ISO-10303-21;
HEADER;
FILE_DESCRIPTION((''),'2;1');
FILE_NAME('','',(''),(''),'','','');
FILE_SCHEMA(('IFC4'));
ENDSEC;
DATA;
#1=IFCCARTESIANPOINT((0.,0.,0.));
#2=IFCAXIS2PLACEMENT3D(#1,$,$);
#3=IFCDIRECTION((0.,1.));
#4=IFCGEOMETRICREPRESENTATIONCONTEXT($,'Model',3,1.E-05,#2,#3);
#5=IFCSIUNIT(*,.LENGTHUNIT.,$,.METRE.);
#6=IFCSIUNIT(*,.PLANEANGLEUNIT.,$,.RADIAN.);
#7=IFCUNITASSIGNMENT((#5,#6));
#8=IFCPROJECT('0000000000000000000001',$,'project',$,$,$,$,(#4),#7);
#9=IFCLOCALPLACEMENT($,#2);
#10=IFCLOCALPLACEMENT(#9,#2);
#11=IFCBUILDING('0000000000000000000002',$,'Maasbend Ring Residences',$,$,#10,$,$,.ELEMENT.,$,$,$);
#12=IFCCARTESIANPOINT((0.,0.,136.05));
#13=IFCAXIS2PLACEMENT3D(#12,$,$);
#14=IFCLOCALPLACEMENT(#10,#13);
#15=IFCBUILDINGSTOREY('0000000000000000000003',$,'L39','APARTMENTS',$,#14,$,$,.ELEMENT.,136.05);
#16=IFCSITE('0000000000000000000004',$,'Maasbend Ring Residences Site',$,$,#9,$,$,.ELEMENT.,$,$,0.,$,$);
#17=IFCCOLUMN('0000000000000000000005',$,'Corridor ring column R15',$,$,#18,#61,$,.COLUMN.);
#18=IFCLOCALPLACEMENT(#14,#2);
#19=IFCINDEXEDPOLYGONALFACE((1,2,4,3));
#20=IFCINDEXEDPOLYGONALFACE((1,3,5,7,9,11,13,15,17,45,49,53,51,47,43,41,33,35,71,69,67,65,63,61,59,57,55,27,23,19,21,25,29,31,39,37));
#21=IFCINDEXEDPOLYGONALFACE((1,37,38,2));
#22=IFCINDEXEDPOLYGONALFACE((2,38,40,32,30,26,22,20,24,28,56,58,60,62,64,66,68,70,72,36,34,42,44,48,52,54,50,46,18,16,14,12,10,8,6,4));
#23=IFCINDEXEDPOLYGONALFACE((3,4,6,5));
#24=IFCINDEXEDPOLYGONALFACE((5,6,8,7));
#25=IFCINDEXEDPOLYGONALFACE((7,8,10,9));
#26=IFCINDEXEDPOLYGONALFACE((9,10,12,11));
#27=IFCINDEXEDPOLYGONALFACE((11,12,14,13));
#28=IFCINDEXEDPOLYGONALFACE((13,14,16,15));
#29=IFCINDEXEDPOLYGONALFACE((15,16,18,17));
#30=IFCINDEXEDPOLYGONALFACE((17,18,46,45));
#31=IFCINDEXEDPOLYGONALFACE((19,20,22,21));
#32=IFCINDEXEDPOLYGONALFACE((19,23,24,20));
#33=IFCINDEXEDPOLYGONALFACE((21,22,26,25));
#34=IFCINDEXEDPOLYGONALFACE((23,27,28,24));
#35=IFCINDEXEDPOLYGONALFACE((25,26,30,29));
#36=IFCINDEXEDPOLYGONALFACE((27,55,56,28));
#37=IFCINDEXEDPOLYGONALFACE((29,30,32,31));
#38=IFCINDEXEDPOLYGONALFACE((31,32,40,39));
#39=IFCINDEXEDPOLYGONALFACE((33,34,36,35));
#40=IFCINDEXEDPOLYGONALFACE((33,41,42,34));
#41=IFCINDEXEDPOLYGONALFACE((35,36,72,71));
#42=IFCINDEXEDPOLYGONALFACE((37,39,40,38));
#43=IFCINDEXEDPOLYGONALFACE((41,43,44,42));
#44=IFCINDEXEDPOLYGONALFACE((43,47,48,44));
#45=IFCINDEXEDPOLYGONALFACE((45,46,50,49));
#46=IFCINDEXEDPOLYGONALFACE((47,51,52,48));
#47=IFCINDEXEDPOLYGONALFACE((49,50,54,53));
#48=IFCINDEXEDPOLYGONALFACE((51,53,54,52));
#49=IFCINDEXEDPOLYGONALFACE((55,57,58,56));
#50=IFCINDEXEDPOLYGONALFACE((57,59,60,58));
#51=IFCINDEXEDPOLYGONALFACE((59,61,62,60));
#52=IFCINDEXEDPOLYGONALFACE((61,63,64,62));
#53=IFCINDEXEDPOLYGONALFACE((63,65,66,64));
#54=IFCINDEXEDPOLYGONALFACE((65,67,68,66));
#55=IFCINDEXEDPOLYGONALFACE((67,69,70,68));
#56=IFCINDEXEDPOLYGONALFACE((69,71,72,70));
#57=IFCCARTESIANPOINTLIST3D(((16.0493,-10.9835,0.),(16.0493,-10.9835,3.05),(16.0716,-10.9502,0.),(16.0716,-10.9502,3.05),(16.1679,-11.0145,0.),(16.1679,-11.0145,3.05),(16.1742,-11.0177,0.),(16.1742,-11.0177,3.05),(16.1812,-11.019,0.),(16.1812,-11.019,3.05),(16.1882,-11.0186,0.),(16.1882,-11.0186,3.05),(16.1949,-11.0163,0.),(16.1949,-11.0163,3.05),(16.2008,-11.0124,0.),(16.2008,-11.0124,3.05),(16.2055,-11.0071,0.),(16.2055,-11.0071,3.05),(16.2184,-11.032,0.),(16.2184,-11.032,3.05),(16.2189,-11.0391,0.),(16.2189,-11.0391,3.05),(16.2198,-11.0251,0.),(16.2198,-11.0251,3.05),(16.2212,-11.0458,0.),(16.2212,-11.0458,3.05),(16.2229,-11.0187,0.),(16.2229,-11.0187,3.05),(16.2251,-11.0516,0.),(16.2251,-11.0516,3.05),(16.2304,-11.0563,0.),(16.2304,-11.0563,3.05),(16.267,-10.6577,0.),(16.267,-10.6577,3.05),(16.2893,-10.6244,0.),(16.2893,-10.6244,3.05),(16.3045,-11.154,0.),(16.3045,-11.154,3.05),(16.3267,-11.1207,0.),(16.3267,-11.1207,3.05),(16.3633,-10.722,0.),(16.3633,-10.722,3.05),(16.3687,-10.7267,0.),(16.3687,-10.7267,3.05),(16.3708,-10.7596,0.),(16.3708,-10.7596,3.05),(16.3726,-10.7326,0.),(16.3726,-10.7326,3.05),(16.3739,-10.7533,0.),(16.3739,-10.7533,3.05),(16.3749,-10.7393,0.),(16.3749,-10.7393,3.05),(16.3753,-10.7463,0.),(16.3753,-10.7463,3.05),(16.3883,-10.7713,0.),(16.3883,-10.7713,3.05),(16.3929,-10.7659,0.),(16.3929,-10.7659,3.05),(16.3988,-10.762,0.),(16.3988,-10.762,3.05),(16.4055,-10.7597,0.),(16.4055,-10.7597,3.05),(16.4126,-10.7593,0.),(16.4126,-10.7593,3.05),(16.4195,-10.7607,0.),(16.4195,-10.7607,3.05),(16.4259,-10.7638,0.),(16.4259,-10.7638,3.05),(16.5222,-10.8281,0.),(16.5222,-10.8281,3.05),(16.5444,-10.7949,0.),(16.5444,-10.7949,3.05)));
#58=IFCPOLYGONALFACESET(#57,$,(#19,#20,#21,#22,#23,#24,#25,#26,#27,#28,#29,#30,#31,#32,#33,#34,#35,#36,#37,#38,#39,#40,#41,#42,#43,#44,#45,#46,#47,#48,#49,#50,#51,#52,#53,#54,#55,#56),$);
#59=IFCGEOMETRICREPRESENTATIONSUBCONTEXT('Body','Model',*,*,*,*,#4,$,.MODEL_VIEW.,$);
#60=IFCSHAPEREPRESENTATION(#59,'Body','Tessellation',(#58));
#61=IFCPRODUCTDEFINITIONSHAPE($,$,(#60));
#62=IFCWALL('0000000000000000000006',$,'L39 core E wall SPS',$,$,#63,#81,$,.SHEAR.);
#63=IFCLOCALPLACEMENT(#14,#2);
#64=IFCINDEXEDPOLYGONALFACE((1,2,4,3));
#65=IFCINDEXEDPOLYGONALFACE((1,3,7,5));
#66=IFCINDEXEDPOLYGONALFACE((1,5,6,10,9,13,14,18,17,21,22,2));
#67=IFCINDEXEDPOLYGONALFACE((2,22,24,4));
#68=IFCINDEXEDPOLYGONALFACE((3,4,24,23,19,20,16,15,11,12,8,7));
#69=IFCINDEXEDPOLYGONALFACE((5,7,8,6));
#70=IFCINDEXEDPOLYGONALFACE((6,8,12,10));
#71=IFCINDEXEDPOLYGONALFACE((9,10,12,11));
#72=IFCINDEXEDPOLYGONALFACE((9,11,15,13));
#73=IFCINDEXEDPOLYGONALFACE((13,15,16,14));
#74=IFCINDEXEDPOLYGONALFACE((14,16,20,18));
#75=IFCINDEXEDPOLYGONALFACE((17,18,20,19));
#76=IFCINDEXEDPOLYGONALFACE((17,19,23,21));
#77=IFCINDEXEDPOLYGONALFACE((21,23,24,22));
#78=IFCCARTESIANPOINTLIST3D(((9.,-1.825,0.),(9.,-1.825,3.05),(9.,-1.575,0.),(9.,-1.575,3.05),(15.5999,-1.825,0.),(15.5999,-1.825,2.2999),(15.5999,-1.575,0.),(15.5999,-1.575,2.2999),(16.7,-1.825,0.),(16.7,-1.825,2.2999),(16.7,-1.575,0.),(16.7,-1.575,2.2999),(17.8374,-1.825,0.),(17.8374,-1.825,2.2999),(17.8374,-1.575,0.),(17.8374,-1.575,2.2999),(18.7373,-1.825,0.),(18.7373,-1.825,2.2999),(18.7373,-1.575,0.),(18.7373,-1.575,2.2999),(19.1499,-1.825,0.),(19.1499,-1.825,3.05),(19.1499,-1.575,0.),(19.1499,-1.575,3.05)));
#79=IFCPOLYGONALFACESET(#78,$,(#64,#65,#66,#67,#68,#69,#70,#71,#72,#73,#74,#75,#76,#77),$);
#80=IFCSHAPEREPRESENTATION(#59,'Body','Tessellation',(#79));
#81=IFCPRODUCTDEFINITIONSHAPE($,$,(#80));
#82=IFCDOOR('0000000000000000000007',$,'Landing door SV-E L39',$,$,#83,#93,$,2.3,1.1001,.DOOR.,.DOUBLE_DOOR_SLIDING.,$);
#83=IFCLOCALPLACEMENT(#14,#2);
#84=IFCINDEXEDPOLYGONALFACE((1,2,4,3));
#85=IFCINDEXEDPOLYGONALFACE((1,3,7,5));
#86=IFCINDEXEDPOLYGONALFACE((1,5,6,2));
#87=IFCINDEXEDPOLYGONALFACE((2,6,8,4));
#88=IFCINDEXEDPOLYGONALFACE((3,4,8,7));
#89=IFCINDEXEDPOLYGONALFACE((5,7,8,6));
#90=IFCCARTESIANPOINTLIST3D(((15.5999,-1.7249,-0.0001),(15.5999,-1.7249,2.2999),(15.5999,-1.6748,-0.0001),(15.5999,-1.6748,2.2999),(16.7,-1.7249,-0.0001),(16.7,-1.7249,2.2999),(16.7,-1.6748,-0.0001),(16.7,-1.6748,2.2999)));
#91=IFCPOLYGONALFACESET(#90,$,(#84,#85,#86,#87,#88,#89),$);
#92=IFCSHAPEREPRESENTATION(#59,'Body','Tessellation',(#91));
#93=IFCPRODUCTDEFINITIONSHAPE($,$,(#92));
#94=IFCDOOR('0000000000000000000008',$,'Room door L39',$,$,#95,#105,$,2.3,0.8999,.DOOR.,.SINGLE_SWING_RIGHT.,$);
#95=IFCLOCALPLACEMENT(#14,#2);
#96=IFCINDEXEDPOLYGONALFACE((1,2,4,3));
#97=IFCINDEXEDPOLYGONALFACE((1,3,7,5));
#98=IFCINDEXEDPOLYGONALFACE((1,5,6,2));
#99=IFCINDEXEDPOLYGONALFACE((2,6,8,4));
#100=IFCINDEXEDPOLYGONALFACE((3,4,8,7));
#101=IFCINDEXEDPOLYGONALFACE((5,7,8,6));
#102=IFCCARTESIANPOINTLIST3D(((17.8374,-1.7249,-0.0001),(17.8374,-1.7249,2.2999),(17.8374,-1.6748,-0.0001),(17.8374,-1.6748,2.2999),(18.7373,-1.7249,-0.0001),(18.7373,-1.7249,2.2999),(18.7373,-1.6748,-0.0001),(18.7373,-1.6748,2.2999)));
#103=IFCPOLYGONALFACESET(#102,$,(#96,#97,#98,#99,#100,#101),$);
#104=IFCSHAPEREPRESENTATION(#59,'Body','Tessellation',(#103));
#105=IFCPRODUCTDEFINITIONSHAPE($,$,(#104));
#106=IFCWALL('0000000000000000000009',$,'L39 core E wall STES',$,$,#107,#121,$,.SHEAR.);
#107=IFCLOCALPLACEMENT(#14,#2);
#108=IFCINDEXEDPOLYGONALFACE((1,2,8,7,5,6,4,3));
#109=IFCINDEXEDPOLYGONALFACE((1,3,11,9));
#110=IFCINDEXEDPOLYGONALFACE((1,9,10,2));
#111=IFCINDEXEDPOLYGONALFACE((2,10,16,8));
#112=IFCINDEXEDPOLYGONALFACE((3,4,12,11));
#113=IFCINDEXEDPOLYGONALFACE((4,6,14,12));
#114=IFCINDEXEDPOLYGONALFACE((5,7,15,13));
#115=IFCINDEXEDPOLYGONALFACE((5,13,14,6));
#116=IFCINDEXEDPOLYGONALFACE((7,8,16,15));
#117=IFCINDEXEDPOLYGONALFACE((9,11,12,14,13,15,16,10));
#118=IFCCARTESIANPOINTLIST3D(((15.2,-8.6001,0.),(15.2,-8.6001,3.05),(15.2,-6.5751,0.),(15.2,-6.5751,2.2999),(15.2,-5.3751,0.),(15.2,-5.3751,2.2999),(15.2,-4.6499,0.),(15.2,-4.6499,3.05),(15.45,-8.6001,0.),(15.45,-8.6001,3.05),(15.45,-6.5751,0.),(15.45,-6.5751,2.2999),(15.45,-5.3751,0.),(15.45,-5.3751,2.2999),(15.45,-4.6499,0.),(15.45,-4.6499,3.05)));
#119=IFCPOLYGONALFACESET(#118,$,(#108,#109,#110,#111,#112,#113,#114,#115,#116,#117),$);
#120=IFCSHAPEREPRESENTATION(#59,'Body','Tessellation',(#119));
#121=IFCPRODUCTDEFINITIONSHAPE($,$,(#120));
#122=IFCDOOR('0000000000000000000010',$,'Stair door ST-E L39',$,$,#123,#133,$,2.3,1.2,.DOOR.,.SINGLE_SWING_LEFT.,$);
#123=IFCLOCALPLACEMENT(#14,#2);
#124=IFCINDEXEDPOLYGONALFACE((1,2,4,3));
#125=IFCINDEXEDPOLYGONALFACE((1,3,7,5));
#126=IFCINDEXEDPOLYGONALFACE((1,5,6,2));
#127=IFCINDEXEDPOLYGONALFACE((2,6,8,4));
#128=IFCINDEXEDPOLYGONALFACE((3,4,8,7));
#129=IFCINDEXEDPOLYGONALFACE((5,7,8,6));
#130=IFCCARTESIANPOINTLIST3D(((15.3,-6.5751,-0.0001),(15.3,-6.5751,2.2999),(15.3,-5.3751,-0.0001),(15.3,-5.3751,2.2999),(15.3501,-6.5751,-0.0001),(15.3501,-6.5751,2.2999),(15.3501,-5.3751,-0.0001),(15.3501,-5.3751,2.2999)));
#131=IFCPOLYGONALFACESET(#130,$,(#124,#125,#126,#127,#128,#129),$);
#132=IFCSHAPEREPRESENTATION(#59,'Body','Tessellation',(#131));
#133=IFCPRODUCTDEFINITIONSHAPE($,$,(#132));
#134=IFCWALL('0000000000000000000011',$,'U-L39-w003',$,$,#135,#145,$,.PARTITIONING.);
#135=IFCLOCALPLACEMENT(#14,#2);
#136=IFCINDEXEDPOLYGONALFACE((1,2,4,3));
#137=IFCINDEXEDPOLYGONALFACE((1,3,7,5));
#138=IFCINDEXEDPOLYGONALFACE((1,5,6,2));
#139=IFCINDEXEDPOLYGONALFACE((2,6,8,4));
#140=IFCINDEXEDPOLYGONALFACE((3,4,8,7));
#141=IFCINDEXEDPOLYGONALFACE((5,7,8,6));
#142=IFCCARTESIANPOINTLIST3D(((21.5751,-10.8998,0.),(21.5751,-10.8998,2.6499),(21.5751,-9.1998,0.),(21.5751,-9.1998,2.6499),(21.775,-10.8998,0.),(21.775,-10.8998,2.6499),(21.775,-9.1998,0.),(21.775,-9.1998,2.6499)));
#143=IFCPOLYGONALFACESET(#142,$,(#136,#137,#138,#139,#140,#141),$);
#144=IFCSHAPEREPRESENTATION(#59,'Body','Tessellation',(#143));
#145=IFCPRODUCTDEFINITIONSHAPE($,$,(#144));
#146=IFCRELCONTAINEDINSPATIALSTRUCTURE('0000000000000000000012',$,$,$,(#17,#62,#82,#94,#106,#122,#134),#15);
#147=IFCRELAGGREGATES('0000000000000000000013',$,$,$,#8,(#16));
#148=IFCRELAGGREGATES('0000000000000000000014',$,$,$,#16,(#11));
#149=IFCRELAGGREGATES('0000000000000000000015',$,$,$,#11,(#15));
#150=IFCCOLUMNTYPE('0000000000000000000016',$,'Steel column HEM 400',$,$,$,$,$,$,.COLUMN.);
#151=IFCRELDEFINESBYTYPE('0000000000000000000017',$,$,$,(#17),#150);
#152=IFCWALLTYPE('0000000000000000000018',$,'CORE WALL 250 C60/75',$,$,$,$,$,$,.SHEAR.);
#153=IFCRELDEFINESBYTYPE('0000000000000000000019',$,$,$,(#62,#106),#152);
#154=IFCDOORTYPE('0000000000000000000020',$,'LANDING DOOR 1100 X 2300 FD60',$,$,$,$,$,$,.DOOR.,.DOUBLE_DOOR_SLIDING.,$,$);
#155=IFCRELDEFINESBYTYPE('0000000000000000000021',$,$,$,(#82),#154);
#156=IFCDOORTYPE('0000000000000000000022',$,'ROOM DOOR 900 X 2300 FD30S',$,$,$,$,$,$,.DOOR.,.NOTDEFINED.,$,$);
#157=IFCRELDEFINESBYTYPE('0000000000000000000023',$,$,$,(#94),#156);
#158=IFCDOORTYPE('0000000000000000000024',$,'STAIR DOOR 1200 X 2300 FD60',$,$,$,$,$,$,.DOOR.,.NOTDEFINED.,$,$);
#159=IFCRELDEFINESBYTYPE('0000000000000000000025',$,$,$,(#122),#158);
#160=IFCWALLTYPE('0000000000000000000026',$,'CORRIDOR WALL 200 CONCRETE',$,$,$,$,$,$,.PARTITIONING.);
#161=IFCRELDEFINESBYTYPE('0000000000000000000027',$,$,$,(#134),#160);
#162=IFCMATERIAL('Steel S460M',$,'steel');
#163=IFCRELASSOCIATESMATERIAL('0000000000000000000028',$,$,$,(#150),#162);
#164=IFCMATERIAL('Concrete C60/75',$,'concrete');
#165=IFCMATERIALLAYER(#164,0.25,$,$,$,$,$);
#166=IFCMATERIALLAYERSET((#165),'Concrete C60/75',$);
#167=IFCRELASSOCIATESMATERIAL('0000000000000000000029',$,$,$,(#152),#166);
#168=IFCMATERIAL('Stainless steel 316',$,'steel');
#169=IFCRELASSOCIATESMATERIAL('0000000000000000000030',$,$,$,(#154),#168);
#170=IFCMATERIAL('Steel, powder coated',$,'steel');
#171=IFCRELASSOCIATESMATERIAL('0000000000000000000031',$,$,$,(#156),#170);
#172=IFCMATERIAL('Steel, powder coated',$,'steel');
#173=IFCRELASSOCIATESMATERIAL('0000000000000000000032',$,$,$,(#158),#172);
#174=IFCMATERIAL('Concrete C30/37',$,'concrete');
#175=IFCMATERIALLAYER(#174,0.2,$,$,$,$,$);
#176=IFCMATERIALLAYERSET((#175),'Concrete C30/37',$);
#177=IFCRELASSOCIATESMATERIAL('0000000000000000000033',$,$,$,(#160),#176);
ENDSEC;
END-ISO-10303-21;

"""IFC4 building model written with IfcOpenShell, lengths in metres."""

from ifc_helpers import new_model, si_unit, direction, frame, frame_2d, origin, origin_2d, place, context, subcontext, project, spatial, rectangle, i_section, extrude, material, layer, layer_set, material_profile, profile_set, type_object, element, fill, save


model = new_model("IFC4")

# Units and contexts
model_context = context("Model", 3, precision=1e-05, world=origin(), true_north=direction((0.0, 1.0)))
body_context = subcontext(model_context, "Body", "Model", "MODEL_VIEW")
ifc_project = project(units=[si_unit("LENGTHUNIT", "METRE"), si_unit("PLANEANGLEUNIT", "RADIAN")], contexts=[model_context])

# Site, building, storey
site_placement = place(None, origin())
site = spatial("IfcSite", under=ifc_project, at=site_placement, Name="Maasbend Ring Residences Site", CompositionType="ELEMENT", RefElevation=0.0)
building_placement = place(site_placement, origin())
building = spatial("IfcBuilding", under=site, at=building_placement, Name="Maasbend Ring Residences", CompositionType="ELEMENT")
storey_placement = place(building_placement, frame((0.0, 0.0, 136.05)))
storey = spatial("IfcBuildingStorey", under=building, at=storey_placement, Name="L39", Description="APARTMENTS", CompositionType="ELEMENT", Elevation=136.05)

# Column
ifc_material_1 = material(Name="Steel S460M", Category="steel")
ifc_material_profile = material_profile(ifc_material_1, i_section(OverallWidth=0.3069, OverallDepth=0.4319, WebThickness=0.021, FlangeThickness=0.04, FilletRadius=0.0271, at=origin_2d()), Name="HEM 400")
ifc_profile_set = profile_set([ifc_material_profile], Name="Steel S460M")
column_type = type_object("IfcColumnType", Name="Steel column HEM 400", PredefinedType="COLUMN", material=ifc_profile_set)
column_placement = place(storey_placement, frame((16.2969, -10.8892, 0.0), z_axis=(0.0, 0.0, 1.0), x_axis=(0.83147, -0.55557, 0.0)))
element("IfcColumn", 1, at=column_placement, inside=storey, type_object=column_type, Name="Corridor ring column R15", PredefinedType="COLUMN", context=body_context, shape_type="SweptSolid", body=[
    extrude(i_section(OverallWidth=0.3069, OverallDepth=0.4319, WebThickness=0.021, FlangeThickness=0.04, FilletRadius=0.0271, at=origin_2d()), origin(), (0.0, 0.0, 1.0), 3.05),
])

# Wall, openings, doors
ifc_material_2 = material(Name="Concrete C60/75", Category="concrete")
ifc_layer_1 = layer(ifc_material_2, 0.25)
ifc_layer_set_1 = layer_set([ifc_layer_1], Name="Concrete C60/75")
wall_type_1 = type_object("IfcWallType", Name="CORE WALL 250 C60/75", PredefinedType="SHEAR", material=ifc_layer_set_1)
wall_1_placement = place(storey_placement, frame((19.1499, -1.7, 0.0), z_axis=(0.0, 0.0, 1.0), x_axis=(-1.0, 0.0, 0.0)))
wall_1 = element("IfcWall", 2, at=wall_1_placement, inside=storey, type_object=wall_type_1, Name="L39 core E wall SPS", PredefinedType="SHEAR", context=body_context, shape_type="SweptSolid", body=[
    extrude(rectangle(XDim=10.1499, YDim=0.25, at=frame_2d((5.075, 0.0))), origin(), (0.0, 0.0, 1.0), 3.05),
])
opening_1_placement = place(wall_1_placement, frame((2.45, 0.0, 0.0)))
opening_1 = element("IfcOpeningElement", 3, at=opening_1_placement, cuts=wall_1, PredefinedType="OPENING", context=body_context, shape_type="SweptSolid", body=[
    extrude(rectangle(XDim=1.1001, YDim=2.3, at=frame_2d((0.55, 1.1499))), frame((0.0, 0.135, 0.0), z_axis=(0.0, -1.0, 0.0), x_axis=(1.0, 0.0, 0.0)), (0.0, 0.0, 1.0), 0.27),
])
opening_2_placement = place(wall_1_placement, frame((0.4126, 0.0, 0.0)))
opening_2 = element("IfcOpeningElement", 4, at=opening_2_placement, cuts=wall_1, PredefinedType="OPENING", context=body_context, shape_type="SweptSolid", body=[
    extrude(rectangle(XDim=0.8999, YDim=2.3, at=frame_2d((0.45, 1.1499))), frame((0.0, 0.135, 0.0), z_axis=(0.0, -1.0, 0.0), x_axis=(1.0, 0.0, 0.0)), (0.0, 0.0, 1.0), 0.27),
])
ifc_material_3 = material(Name="Stainless steel 316", Category="steel")
door_type_1 = type_object("IfcDoorType", Name="LANDING DOOR 1100 X 2300 FD60", OperationType="DOUBLE_DOOR_SLIDING", PredefinedType="DOOR", material=ifc_material_3)
door_1_placement = place(opening_1_placement, origin())
door_1 = element("IfcDoor", 5, at=door_1_placement, inside=storey, type_object=door_type_1, Name="Landing door SV-E L39", OperationType="DOUBLE_DOOR_SLIDING", OverallHeight=2.3, OverallWidth=1.1001, PredefinedType="DOOR", context=body_context, shape_type="SweptSolid", body=[
    extrude(rectangle(XDim=1.1001, YDim=2.3, at=frame_2d((0.55, 1.1499))), frame((0.0, 0.0249, 0.0), z_axis=(0.0, -1.0, 0.0), x_axis=(1.0, 0.0, 0.0)), (0.0, 0.0, 1.0), 0.05),
])
fill(opening_1, door_1)
ifc_material_4 = material(Name="Steel, powder coated", Category="steel")
door_type_2 = type_object("IfcDoorType", Name="ROOM DOOR 900 X 2300 FD30S", OperationType="NOTDEFINED", PredefinedType="DOOR", material=ifc_material_4)
door_2_placement = place(opening_2_placement, origin())
door_2 = element("IfcDoor", 6, at=door_2_placement, inside=storey, type_object=door_type_2, Name="Room door L39", OperationType="SINGLE_SWING_RIGHT", OverallHeight=2.3, OverallWidth=0.8999, PredefinedType="DOOR", context=body_context, shape_type="SweptSolid", body=[
    extrude(rectangle(XDim=0.8999, YDim=2.3, at=frame_2d((0.45, 1.1499))), frame((0.0, 0.0249, 0.0), z_axis=(0.0, -1.0, 0.0), x_axis=(1.0, 0.0, 0.0)), (0.0, 0.0, 1.0), 0.05),
])
fill(opening_2, door_2)

# Wall, opening, door
wall_2_placement = place(storey_placement, frame((15.325, -8.6001, 0.0), z_axis=(0.0, 0.0, 1.0), x_axis=(0.0, 1.0, 0.0)))
wall_2 = element("IfcWall", 7, at=wall_2_placement, inside=storey, type_object=wall_type_1, Name="L39 core E wall STES", PredefinedType="SHEAR", context=body_context, shape_type="SweptSolid", body=[
    extrude(rectangle(XDim=3.9502, YDim=0.25, at=frame_2d((1.9751, 0.0))), origin(), (0.0, 0.0, 1.0), 3.05),
])
opening_3_placement = place(wall_2_placement, frame((2.0249, 0.0, 0.0)))
opening_3 = element("IfcOpeningElement", 8, at=opening_3_placement, cuts=wall_2, PredefinedType="OPENING", context=body_context, shape_type="SweptSolid", body=[
    extrude(rectangle(XDim=1.2, YDim=2.3, at=frame_2d((0.6001, 1.1499))), frame((0.0, 0.135, 0.0), z_axis=(0.0, -1.0, 0.0), x_axis=(1.0, 0.0, 0.0)), (0.0, 0.0, 1.0), 0.27),
])
ifc_material_5 = material(Name="Steel, powder coated", Category="steel")
door_type_3 = type_object("IfcDoorType", Name="STAIR DOOR 1200 X 2300 FD60", OperationType="NOTDEFINED", PredefinedType="DOOR", material=ifc_material_5)
door_3_placement = place(opening_3_placement, origin())
door_3 = element("IfcDoor", 9, at=door_3_placement, inside=storey, type_object=door_type_3, Name="Stair door ST-E L39", OperationType="SINGLE_SWING_LEFT", OverallHeight=2.3, OverallWidth=1.2, PredefinedType="DOOR", context=body_context, shape_type="SweptSolid", body=[
    extrude(rectangle(XDim=1.2, YDim=2.3, at=frame_2d((0.6001, 1.1499))), frame((0.0, 0.0249, 0.0), z_axis=(0.0, -1.0, 0.0), x_axis=(1.0, 0.0, 0.0)), (0.0, 0.0, 1.0), 0.05),
])
fill(opening_3, door_3)

# Wall
ifc_material_6 = material(Name="Concrete C30/37", Category="concrete")
ifc_layer_2 = layer(ifc_material_6, 0.2)
ifc_layer_set_2 = layer_set([ifc_layer_2], Name="Concrete C30/37")
wall_type_2 = type_object("IfcWallType", Name="CORRIDOR WALL 200 CONCRETE", PredefinedType="PARTITIONING", material=ifc_layer_set_2)
wall_3_placement = place(storey_placement, frame((21.675, -10.8999, 0.0), z_axis=(0.0, 0.0, 1.0), x_axis=(0.0, 1.0, 0.0)))
element("IfcWall", 10, at=wall_3_placement, inside=storey, type_object=wall_type_2, Name="U-L39-w003", PredefinedType="PARTITIONING", context=body_context, shape_type="SweptSolid", body=[
    extrude(rectangle(XDim=1.7, YDim=0.2, at=frame_2d((0.8501, 0.0))), origin(), (0.0, 0.0, 1.0), 2.6499),
])

save(model, "model.ifc")
